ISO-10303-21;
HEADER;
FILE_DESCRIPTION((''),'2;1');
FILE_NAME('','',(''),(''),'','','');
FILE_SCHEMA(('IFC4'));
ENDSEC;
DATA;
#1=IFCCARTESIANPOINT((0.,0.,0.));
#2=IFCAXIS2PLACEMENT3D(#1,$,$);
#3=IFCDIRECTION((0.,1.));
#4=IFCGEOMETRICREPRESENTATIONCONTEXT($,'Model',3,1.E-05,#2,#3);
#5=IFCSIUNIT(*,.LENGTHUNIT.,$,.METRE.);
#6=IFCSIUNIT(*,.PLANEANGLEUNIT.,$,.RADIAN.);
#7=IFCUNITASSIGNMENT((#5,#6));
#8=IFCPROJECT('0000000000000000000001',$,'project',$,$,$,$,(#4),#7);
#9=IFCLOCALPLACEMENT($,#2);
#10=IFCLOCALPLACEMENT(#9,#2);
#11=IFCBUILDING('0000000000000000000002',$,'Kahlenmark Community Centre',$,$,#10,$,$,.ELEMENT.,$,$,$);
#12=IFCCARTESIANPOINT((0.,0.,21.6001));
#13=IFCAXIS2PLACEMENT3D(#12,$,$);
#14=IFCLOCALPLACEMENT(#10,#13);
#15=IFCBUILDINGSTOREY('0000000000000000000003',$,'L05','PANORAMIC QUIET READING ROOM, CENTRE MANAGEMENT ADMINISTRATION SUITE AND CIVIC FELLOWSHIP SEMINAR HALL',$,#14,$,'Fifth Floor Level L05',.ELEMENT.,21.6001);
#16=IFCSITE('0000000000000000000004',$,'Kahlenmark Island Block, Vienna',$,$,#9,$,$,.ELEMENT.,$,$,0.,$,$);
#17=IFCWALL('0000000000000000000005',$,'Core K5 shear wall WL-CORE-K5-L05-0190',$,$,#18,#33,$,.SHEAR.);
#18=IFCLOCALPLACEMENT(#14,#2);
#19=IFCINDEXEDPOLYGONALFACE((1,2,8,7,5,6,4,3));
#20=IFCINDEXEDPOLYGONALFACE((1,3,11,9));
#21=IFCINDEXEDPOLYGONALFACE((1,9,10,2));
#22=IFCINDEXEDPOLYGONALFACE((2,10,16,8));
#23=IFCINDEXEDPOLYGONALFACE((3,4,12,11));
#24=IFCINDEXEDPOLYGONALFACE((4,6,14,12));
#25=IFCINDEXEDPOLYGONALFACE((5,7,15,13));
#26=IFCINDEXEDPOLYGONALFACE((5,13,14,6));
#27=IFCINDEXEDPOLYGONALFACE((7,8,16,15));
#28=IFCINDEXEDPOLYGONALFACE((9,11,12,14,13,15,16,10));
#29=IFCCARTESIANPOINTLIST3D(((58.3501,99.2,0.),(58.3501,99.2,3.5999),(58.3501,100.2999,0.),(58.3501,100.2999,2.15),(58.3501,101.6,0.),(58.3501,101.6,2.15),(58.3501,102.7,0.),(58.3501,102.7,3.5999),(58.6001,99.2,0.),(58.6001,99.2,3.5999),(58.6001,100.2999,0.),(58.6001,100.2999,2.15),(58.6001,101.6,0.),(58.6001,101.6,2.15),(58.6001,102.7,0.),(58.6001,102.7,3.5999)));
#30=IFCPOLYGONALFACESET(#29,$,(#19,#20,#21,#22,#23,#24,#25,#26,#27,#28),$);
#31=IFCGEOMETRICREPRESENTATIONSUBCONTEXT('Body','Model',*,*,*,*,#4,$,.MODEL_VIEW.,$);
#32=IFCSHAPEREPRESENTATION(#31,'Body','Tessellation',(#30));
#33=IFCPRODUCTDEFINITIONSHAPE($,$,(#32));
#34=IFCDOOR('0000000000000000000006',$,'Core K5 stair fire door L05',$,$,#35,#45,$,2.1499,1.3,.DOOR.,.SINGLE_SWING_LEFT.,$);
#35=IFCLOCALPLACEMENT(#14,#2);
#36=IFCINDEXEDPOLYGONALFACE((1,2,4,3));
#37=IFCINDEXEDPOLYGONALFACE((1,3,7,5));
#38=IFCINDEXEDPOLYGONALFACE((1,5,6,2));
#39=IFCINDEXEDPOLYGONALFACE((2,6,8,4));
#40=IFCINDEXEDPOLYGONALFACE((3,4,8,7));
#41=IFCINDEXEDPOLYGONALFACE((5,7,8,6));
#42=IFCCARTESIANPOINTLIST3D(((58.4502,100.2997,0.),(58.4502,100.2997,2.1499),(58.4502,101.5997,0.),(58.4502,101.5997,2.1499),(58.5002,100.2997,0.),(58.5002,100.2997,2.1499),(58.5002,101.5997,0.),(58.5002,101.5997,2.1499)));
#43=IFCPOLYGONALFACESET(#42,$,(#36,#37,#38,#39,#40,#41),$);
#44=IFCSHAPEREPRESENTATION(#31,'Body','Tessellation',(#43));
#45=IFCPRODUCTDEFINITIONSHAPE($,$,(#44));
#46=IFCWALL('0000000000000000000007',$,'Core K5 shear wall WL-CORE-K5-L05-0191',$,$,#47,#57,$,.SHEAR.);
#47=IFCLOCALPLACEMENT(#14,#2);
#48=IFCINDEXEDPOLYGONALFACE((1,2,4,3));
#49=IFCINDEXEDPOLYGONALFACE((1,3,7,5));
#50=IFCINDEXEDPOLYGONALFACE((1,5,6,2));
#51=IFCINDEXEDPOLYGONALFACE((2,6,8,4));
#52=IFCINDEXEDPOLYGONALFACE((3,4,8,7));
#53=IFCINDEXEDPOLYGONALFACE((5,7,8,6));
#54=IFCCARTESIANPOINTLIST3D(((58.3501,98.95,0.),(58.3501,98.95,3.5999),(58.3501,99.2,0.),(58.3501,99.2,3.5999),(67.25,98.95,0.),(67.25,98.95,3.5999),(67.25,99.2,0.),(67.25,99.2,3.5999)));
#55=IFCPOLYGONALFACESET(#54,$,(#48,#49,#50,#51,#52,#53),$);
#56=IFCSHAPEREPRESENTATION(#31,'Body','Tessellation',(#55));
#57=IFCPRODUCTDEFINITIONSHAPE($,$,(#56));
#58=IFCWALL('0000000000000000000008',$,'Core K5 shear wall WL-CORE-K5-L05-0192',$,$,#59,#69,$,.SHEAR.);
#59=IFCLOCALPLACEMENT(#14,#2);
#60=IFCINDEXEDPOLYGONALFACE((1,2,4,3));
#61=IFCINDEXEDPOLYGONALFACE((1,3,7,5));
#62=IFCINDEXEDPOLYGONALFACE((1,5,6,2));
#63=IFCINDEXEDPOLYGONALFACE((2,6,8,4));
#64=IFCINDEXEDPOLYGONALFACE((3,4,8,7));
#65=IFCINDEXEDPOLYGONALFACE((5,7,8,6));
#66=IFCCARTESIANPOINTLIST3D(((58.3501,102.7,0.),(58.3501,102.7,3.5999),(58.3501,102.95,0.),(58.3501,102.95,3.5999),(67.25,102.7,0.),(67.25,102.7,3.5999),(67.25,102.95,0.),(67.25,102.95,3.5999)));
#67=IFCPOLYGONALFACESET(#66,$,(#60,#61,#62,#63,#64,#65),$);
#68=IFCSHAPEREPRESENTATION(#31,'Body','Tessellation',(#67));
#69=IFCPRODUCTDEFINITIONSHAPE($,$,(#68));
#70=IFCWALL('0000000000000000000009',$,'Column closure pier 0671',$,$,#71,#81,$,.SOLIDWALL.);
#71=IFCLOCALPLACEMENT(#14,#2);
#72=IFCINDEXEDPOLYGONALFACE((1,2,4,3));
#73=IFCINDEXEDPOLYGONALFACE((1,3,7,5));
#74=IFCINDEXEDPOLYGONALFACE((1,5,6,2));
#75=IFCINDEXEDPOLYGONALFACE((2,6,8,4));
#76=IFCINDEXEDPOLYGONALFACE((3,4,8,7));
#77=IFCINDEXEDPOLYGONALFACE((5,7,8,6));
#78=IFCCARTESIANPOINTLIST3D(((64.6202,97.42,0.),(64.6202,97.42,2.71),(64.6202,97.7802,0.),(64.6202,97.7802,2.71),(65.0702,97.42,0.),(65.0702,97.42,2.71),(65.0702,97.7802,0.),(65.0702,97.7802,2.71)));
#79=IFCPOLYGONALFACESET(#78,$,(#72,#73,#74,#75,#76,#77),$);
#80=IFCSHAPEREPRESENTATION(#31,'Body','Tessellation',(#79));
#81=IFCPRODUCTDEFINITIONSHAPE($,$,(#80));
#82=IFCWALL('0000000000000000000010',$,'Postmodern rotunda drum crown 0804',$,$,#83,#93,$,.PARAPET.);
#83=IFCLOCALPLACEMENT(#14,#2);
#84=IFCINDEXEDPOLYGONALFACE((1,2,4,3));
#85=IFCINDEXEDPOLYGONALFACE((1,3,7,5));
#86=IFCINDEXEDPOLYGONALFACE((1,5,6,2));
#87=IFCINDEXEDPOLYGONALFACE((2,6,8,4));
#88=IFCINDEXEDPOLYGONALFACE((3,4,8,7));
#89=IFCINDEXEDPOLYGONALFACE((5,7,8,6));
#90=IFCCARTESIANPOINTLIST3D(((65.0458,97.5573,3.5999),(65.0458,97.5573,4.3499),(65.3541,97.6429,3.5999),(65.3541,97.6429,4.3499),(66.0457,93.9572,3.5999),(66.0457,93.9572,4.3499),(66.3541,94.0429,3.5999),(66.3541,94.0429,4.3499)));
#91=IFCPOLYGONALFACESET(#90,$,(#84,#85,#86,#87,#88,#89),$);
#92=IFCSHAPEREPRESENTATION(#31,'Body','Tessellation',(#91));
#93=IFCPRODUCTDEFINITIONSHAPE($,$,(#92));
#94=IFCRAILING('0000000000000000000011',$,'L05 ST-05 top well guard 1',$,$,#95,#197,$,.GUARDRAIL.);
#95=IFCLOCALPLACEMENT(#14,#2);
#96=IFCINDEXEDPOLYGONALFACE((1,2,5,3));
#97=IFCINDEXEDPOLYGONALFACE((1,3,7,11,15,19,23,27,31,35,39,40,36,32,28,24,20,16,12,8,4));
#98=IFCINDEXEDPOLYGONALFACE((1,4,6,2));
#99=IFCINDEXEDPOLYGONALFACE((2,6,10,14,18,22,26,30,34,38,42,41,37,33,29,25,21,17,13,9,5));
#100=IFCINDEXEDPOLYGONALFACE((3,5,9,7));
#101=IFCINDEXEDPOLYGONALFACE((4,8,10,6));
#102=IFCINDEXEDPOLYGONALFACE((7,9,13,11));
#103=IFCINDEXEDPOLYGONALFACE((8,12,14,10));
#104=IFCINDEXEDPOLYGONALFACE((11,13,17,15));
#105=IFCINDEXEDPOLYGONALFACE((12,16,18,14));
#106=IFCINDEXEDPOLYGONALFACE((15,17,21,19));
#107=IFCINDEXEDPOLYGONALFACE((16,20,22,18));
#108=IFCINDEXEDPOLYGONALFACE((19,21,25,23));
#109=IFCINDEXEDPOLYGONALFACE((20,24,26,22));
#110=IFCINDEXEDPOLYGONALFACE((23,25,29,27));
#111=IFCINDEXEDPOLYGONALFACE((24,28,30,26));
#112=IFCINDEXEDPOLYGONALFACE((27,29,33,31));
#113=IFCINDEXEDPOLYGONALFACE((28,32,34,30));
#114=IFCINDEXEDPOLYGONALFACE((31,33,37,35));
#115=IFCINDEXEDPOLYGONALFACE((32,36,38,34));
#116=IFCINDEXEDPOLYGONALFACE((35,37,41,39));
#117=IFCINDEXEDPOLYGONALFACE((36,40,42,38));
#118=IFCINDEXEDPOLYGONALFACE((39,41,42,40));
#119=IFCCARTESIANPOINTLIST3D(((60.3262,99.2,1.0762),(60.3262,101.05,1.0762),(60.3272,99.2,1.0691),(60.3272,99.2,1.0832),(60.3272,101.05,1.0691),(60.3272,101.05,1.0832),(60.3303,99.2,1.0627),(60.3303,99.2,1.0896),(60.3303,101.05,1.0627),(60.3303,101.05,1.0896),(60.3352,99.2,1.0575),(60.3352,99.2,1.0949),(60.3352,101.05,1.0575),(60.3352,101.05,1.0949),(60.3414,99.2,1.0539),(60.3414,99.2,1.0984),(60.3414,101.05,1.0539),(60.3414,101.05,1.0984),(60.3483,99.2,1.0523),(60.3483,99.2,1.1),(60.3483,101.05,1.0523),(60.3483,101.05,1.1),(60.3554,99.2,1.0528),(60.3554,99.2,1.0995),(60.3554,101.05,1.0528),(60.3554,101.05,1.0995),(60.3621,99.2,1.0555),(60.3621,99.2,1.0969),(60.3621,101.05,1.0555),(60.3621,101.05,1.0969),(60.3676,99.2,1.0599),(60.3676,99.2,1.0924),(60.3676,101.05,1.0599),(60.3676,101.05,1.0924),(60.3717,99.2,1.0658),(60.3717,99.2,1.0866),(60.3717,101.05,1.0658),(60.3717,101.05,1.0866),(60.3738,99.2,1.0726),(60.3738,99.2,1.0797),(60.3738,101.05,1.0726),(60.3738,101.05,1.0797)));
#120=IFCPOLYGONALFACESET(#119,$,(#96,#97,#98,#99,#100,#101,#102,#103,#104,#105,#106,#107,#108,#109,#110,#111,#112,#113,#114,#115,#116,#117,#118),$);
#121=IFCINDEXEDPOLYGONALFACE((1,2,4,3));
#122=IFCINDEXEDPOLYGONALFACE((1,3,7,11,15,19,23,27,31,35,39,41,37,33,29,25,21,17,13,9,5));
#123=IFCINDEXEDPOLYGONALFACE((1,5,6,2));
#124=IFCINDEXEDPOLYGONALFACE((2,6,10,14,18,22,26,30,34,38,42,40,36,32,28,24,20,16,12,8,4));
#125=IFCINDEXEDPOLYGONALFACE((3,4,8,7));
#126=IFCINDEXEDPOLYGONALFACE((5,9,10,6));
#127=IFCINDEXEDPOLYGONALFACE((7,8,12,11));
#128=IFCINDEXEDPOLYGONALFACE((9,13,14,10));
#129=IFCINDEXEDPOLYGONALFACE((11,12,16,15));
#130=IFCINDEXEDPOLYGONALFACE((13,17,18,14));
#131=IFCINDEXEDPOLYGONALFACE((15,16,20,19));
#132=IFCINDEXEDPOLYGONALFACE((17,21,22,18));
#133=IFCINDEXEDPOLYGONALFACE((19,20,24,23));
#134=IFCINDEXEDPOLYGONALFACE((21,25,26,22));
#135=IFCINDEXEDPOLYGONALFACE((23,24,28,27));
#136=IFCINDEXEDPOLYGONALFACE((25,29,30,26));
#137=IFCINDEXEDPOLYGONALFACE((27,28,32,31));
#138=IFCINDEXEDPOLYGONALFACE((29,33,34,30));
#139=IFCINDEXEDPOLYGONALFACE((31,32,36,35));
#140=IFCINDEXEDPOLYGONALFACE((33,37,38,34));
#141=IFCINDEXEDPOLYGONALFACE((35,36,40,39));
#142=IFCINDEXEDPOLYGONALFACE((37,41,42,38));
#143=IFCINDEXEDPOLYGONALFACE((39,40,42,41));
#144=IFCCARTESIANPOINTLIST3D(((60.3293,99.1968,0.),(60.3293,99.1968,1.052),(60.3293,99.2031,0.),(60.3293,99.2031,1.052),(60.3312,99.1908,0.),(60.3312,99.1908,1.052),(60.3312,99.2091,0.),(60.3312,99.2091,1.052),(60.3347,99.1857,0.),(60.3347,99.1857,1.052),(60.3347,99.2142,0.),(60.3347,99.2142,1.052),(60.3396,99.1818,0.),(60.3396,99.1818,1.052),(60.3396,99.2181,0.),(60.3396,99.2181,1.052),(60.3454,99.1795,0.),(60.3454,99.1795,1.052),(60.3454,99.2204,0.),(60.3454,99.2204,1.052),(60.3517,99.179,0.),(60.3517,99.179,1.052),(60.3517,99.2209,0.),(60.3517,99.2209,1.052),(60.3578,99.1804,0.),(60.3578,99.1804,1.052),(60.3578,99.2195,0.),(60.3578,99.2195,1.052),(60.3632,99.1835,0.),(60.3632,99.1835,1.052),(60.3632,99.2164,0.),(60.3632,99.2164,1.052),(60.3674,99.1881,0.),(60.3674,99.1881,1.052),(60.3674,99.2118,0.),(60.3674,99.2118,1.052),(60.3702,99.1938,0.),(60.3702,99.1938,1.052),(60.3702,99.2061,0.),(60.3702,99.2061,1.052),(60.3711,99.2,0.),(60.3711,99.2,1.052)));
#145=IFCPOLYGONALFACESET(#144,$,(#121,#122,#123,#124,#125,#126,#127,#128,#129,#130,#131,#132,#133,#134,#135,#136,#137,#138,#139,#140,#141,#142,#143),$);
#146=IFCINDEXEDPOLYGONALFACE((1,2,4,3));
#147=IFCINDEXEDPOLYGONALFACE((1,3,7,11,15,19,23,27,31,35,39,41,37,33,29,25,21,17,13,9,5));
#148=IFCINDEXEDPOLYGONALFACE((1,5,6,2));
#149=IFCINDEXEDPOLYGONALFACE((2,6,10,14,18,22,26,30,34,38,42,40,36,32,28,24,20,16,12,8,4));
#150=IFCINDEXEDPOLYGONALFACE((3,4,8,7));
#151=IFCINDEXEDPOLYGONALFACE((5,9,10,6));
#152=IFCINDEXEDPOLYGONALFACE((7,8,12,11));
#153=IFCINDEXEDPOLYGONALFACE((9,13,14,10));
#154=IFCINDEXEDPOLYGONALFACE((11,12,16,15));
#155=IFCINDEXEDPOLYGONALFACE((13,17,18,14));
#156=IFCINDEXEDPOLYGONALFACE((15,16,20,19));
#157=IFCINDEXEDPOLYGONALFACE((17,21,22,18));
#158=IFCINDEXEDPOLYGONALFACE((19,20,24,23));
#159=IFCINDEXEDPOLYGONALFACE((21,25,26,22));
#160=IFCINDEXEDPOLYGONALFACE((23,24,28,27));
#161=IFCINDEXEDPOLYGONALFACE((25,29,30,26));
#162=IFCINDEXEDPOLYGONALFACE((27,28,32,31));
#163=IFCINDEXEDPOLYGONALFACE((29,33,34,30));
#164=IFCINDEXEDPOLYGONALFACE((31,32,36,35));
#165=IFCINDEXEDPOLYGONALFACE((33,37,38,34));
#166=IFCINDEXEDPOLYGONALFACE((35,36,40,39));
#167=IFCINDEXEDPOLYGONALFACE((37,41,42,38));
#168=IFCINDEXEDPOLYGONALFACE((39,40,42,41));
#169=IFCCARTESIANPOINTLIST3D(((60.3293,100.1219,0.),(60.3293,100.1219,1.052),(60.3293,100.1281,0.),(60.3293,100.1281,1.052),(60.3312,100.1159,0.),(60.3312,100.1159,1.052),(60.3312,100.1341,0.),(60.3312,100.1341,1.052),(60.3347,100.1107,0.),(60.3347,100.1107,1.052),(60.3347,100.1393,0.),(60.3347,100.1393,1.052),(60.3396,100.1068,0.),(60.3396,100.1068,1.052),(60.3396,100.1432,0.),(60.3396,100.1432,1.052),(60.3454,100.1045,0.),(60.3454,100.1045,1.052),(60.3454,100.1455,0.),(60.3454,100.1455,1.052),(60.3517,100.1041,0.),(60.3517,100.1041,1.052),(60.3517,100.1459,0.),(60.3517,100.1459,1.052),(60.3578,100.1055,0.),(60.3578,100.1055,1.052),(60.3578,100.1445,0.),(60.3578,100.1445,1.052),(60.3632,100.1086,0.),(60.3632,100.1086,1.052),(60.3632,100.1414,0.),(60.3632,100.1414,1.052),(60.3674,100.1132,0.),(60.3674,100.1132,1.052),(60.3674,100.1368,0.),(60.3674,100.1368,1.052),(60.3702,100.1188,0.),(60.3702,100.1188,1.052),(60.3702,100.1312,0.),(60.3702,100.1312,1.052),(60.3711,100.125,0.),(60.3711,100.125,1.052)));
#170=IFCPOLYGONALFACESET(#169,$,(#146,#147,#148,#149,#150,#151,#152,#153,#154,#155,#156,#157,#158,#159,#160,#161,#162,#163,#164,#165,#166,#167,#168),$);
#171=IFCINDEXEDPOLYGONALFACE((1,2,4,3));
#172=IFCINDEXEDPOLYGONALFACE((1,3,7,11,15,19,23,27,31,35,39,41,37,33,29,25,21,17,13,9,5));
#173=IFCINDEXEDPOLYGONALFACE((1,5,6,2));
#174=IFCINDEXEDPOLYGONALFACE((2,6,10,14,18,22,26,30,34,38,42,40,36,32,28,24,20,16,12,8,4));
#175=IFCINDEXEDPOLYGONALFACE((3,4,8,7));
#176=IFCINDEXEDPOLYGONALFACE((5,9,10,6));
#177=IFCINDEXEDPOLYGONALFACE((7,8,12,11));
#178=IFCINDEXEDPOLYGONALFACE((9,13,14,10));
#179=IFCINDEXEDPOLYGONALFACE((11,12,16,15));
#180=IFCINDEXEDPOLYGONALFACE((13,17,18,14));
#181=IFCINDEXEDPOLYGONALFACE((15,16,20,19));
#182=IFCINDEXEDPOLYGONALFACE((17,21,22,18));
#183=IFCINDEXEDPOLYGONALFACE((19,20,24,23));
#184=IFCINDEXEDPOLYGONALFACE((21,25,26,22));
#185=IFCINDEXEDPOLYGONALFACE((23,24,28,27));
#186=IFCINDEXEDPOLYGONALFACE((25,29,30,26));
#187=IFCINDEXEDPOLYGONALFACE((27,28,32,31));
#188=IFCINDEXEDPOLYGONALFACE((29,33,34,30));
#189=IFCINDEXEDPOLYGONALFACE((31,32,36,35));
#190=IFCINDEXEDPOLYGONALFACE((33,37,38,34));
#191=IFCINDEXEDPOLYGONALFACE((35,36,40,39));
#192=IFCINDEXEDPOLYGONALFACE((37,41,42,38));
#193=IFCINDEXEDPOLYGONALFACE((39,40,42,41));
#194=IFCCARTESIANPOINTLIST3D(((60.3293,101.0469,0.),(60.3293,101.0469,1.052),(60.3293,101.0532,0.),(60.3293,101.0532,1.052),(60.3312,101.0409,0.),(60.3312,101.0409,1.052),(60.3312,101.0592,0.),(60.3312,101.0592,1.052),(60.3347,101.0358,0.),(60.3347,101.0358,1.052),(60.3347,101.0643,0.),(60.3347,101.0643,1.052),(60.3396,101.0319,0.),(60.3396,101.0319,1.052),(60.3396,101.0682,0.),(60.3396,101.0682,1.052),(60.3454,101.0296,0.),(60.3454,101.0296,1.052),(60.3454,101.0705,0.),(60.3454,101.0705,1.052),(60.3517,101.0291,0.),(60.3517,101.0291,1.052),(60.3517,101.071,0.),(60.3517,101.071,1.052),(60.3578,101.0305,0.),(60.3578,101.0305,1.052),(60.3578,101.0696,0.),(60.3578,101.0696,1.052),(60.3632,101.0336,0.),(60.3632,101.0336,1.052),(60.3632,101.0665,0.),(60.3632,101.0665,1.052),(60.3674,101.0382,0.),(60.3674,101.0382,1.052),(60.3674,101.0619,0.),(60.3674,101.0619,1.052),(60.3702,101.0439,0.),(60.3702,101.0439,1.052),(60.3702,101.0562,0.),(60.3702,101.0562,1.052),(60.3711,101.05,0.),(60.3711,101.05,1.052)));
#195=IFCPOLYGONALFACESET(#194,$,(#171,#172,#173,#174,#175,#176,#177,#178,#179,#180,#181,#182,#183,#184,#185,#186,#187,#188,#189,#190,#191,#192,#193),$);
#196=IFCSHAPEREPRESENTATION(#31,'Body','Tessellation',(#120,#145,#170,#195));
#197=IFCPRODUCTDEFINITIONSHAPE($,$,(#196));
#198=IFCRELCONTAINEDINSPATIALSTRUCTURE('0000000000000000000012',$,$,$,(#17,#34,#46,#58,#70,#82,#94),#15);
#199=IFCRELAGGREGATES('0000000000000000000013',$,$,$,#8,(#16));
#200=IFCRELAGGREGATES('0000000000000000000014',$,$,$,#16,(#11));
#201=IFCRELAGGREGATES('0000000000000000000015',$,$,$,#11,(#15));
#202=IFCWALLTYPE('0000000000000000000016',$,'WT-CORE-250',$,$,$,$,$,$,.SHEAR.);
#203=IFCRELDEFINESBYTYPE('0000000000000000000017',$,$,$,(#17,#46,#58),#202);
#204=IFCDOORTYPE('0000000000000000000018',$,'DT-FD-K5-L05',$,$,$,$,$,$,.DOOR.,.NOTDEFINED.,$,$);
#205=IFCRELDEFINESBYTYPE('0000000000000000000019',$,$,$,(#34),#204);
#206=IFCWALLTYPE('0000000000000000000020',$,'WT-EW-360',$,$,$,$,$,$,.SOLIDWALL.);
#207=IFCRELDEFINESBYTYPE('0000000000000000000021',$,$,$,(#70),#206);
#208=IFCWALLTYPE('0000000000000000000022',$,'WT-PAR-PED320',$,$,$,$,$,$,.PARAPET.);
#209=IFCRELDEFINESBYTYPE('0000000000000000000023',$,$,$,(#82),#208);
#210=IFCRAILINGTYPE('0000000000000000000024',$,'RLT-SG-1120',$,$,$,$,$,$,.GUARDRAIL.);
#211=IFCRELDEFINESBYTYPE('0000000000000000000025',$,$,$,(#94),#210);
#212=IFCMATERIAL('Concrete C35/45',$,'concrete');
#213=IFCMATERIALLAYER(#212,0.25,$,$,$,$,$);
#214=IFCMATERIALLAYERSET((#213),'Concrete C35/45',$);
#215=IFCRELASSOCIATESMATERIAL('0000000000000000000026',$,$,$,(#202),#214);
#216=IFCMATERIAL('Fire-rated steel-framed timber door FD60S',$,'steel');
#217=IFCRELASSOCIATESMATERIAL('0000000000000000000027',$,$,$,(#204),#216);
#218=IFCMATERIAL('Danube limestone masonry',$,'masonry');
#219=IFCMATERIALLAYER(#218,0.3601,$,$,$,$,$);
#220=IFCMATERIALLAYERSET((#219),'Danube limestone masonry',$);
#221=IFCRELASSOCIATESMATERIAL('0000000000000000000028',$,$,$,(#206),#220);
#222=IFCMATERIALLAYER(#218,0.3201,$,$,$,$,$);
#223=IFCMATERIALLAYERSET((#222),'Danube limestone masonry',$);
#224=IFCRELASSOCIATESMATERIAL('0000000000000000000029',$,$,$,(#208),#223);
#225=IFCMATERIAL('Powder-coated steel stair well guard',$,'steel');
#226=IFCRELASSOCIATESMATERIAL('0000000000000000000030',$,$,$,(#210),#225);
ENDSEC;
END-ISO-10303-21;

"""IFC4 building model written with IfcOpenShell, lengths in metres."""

from ifc_helpers import new_model, si_unit, direction, frame, frame_2d, origin, origin_2d, place, context, subcontext, project, spatial, rectangle, circle, extrude, material, layer, layer_set, type_object, element, fill, save


model = new_model("IFC4")

# Units and contexts
model_context = context("Model", 3, precision=1e-05, world=origin(), true_north=direction((0.0, 1.0)))
body_context = subcontext(model_context, "Body", "Model", "MODEL_VIEW")
ifc_project = project(units=[si_unit("LENGTHUNIT", "METRE"), si_unit("PLANEANGLEUNIT", "RADIAN")], contexts=[model_context])

# Site, building, storey
site_placement = place(None, origin())
site = spatial("IfcSite", under=ifc_project, at=site_placement, Name="Kahlenmark Island Block, Vienna", CompositionType="ELEMENT", RefElevation=0.0)
building_placement = place(site_placement, origin())
building = spatial("IfcBuilding", under=site, at=building_placement, Name="Kahlenmark Community Centre", CompositionType="ELEMENT")
storey_placement = place(building_placement, frame((0.0, 0.0, 21.6001)))
storey = spatial("IfcBuildingStorey", under=building, at=storey_placement, Name="L05", Description="PANORAMIC QUIET READING ROOM, CENTRE MANAGEMENT ADMINISTRATION SUITE AND CIVIC FELLOWSHIP SEMINAR HALL", LongName="Fifth Floor Level L05", CompositionType="ELEMENT", Elevation=21.6001)

# Wall, opening, door
ifc_material_1 = material(Name="Concrete C35/45", Category="concrete")
ifc_layer_1 = layer(ifc_material_1, 0.25)
ifc_layer_set_1 = layer_set([ifc_layer_1], Name="Concrete C35/45")
wall_type_1 = type_object("IfcWallType", Name="WT-CORE-250", PredefinedType="SHEAR", material=ifc_layer_set_1)
wall_1_placement = place(storey_placement, frame((58.4751, 102.7, 0.0), z_axis=(0.0, 0.0, 1.0), x_axis=(0.0, -1.0, 0.0)))
wall_1 = element("IfcWall", 1, at=wall_1_placement, inside=storey, type_object=wall_type_1, Name="Core K5 shear wall WL-CORE-K5-L05-0190", PredefinedType="SHEAR", context=body_context, shape_type="SweptSolid", body=[
    extrude(rectangle(XDim=3.5, YDim=0.25, at=frame_2d((1.75, 0.0))), origin(), (0.0, 0.0, 1.0), 3.5999),
])
opening_1_placement = place(wall_1_placement, frame((1.1001, 0.0, -0.01)))
opening_1 = element("IfcOpeningElement", 2, at=opening_1_placement, cuts=wall_1, PredefinedType="OPENING", context=body_context, shape_type="SweptSolid", body=[
    extrude(rectangle(XDim=1.3, YDim=2.1599, at=frame_2d((0.6499, 1.0801))), frame((0.0, 0.135, 0.0), z_axis=(0.0, -1.0, 0.0), x_axis=(1.0, 0.0, 0.0)), (0.0, 0.0, 1.0), 0.27),
])
ifc_material_2 = material(Name="Fire-rated steel-framed timber door FD60S", Category="steel")
door_type_1 = type_object("IfcDoorType", Name="DT-FD-K5-L05", OperationType="NOTDEFINED", PredefinedType="DOOR", material=ifc_material_2)
door_1_placement = place(opening_1_placement, frame((1.3, 0.0, 0.01), z_axis=(0.0, 0.0, 1.0), x_axis=(-1.0, 0.0, 0.0)))
door_1 = element("IfcDoor", 3, at=door_1_placement, inside=storey, type_object=door_type_1, Name="Core K5 stair fire door L05", OperationType="SINGLE_SWING_LEFT", OverallHeight=2.1499, OverallWidth=1.3, PredefinedType="DOOR", context=body_context, shape_type="SweptSolid", body=[
    extrude(rectangle(XDim=1.3, YDim=2.1499, at=frame_2d((0.6499, 1.075))), frame((0.0, 0.0249, 0.0), z_axis=(0.0, -1.0, 0.0), x_axis=(1.0, 0.0, 0.0)), (0.0, 0.0, 1.0), 0.05),
])
fill(opening_1, door_1)

# Walls
for number, where, z_axis, x_axis, name in (
    (4, (58.3501, 99.075, 0.0), (0.0, 0.0, 1.0), (1.0, 0.0, 0.0), "Core K5 shear wall WL-CORE-K5-L05-0191"),
    (5, (58.3501, 102.825, 0.0), (0.0, 0.0, 1.0), (1.0, 0.0, 0.0), "Core K5 shear wall WL-CORE-K5-L05-0192"),
):
    element("IfcWall", number, at=place(storey_placement, frame(where, z_axis=z_axis, x_axis=x_axis)), inside=storey, type_object=wall_type_1, Name=name, PredefinedType="SHEAR", context=body_context, shape_type="SweptSolid", body=[
        extrude(rectangle(XDim=8.8999, YDim=0.25, at=frame_2d((4.45, 0.0))), origin(), (0.0, 0.0, 1.0), 3.5999),
    ])
ifc_material_3 = material(Name="Danube limestone masonry", Category="masonry")
ifc_layer_2 = layer(ifc_material_3, 0.3601)
ifc_layer_set_2 = layer_set([ifc_layer_2], Name="Danube limestone masonry")
wall_type_2 = type_object("IfcWallType", Name="WT-EW-360", PredefinedType="SOLIDWALL", material=ifc_layer_set_2)
wall_2_placement = place(storey_placement, frame((64.6201, 97.6001, 0.0), z_axis=(0.0, 0.0, 1.0), x_axis=(1.0, 0.0, 0.0)))
element("IfcWall", 6, at=wall_2_placement, inside=storey, type_object=wall_type_2, Name="Column closure pier 0671", PredefinedType="SOLIDWALL", context=body_context, shape_type="SweptSolid", body=[
    extrude(rectangle(XDim=0.45, YDim=0.3601, at=frame_2d((0.2251, 0.0))), origin(), (0.0, 0.0, 1.0), 2.71),
])
ifc_layer_3 = layer(ifc_material_3, 0.3201)
ifc_layer_set_3 = layer_set([ifc_layer_3], Name="Danube limestone masonry")
wall_type_3 = type_object("IfcWallType", Name="WT-PAR-PED320", PredefinedType="PARAPET", material=ifc_layer_set_3)
wall_3_placement = place(storey_placement, frame((65.2, 97.6001, 3.5999), z_axis=(0.0, 0.0, 1.0), x_axis=(0.267637, -0.96352, 0.0)))
element("IfcWall", 7, at=wall_3_placement, inside=storey, type_object=wall_type_3, Name="Postmodern rotunda drum crown 0804", PredefinedType="PARAPET", context=body_context, shape_type="SweptSolid", body=[
    extrude(rectangle(XDim=3.7363, YDim=0.3201, at=frame_2d((1.8682, 0.0))), origin(), (0.0, 0.0, 1.0), 0.75),
])

# Railing
ifc_material_4 = material(Name="Powder-coated steel stair well guard", Category="steel")
railing_type = type_object("IfcRailingType", Name="RLT-SG-1120", PredefinedType="GUARDRAIL", material=ifc_material_4)
railing_placement = place(storey_placement, frame((60.3501, 99.2, 0.0)))
element("IfcRailing", 8, at=railing_placement, inside=storey, type_object=railing_type, Name="L05 ST-05 top well guard 1", PredefinedType="GUARDRAIL", context=body_context, shape_type="SweptSolid", body=[
    extrude(circle(Radius=0.0239, at=origin_2d()), frame((0.0, 0.0, 1.0762), z_axis=(0.0, 1.0, 0.0), x_axis=(-1.0, 0.0, 0.0)), (0.0, 0.0, 1.0), 1.8501),
    extrude(circle(Radius=0.021, at=origin_2d()), origin(), (0.0, 0.0, 1.0), 1.052),
    extrude(circle(Radius=0.021, at=origin_2d()), frame((0.0, 0.925, 0.0)), (0.0, 0.0, 1.0), 1.052),
    extrude(circle(Radius=0.021, at=origin_2d()), frame((0.0, 1.8501, 0.0)), (0.0, 0.0, 1.0), 1.052),
])

save(model, "model.ifc")
